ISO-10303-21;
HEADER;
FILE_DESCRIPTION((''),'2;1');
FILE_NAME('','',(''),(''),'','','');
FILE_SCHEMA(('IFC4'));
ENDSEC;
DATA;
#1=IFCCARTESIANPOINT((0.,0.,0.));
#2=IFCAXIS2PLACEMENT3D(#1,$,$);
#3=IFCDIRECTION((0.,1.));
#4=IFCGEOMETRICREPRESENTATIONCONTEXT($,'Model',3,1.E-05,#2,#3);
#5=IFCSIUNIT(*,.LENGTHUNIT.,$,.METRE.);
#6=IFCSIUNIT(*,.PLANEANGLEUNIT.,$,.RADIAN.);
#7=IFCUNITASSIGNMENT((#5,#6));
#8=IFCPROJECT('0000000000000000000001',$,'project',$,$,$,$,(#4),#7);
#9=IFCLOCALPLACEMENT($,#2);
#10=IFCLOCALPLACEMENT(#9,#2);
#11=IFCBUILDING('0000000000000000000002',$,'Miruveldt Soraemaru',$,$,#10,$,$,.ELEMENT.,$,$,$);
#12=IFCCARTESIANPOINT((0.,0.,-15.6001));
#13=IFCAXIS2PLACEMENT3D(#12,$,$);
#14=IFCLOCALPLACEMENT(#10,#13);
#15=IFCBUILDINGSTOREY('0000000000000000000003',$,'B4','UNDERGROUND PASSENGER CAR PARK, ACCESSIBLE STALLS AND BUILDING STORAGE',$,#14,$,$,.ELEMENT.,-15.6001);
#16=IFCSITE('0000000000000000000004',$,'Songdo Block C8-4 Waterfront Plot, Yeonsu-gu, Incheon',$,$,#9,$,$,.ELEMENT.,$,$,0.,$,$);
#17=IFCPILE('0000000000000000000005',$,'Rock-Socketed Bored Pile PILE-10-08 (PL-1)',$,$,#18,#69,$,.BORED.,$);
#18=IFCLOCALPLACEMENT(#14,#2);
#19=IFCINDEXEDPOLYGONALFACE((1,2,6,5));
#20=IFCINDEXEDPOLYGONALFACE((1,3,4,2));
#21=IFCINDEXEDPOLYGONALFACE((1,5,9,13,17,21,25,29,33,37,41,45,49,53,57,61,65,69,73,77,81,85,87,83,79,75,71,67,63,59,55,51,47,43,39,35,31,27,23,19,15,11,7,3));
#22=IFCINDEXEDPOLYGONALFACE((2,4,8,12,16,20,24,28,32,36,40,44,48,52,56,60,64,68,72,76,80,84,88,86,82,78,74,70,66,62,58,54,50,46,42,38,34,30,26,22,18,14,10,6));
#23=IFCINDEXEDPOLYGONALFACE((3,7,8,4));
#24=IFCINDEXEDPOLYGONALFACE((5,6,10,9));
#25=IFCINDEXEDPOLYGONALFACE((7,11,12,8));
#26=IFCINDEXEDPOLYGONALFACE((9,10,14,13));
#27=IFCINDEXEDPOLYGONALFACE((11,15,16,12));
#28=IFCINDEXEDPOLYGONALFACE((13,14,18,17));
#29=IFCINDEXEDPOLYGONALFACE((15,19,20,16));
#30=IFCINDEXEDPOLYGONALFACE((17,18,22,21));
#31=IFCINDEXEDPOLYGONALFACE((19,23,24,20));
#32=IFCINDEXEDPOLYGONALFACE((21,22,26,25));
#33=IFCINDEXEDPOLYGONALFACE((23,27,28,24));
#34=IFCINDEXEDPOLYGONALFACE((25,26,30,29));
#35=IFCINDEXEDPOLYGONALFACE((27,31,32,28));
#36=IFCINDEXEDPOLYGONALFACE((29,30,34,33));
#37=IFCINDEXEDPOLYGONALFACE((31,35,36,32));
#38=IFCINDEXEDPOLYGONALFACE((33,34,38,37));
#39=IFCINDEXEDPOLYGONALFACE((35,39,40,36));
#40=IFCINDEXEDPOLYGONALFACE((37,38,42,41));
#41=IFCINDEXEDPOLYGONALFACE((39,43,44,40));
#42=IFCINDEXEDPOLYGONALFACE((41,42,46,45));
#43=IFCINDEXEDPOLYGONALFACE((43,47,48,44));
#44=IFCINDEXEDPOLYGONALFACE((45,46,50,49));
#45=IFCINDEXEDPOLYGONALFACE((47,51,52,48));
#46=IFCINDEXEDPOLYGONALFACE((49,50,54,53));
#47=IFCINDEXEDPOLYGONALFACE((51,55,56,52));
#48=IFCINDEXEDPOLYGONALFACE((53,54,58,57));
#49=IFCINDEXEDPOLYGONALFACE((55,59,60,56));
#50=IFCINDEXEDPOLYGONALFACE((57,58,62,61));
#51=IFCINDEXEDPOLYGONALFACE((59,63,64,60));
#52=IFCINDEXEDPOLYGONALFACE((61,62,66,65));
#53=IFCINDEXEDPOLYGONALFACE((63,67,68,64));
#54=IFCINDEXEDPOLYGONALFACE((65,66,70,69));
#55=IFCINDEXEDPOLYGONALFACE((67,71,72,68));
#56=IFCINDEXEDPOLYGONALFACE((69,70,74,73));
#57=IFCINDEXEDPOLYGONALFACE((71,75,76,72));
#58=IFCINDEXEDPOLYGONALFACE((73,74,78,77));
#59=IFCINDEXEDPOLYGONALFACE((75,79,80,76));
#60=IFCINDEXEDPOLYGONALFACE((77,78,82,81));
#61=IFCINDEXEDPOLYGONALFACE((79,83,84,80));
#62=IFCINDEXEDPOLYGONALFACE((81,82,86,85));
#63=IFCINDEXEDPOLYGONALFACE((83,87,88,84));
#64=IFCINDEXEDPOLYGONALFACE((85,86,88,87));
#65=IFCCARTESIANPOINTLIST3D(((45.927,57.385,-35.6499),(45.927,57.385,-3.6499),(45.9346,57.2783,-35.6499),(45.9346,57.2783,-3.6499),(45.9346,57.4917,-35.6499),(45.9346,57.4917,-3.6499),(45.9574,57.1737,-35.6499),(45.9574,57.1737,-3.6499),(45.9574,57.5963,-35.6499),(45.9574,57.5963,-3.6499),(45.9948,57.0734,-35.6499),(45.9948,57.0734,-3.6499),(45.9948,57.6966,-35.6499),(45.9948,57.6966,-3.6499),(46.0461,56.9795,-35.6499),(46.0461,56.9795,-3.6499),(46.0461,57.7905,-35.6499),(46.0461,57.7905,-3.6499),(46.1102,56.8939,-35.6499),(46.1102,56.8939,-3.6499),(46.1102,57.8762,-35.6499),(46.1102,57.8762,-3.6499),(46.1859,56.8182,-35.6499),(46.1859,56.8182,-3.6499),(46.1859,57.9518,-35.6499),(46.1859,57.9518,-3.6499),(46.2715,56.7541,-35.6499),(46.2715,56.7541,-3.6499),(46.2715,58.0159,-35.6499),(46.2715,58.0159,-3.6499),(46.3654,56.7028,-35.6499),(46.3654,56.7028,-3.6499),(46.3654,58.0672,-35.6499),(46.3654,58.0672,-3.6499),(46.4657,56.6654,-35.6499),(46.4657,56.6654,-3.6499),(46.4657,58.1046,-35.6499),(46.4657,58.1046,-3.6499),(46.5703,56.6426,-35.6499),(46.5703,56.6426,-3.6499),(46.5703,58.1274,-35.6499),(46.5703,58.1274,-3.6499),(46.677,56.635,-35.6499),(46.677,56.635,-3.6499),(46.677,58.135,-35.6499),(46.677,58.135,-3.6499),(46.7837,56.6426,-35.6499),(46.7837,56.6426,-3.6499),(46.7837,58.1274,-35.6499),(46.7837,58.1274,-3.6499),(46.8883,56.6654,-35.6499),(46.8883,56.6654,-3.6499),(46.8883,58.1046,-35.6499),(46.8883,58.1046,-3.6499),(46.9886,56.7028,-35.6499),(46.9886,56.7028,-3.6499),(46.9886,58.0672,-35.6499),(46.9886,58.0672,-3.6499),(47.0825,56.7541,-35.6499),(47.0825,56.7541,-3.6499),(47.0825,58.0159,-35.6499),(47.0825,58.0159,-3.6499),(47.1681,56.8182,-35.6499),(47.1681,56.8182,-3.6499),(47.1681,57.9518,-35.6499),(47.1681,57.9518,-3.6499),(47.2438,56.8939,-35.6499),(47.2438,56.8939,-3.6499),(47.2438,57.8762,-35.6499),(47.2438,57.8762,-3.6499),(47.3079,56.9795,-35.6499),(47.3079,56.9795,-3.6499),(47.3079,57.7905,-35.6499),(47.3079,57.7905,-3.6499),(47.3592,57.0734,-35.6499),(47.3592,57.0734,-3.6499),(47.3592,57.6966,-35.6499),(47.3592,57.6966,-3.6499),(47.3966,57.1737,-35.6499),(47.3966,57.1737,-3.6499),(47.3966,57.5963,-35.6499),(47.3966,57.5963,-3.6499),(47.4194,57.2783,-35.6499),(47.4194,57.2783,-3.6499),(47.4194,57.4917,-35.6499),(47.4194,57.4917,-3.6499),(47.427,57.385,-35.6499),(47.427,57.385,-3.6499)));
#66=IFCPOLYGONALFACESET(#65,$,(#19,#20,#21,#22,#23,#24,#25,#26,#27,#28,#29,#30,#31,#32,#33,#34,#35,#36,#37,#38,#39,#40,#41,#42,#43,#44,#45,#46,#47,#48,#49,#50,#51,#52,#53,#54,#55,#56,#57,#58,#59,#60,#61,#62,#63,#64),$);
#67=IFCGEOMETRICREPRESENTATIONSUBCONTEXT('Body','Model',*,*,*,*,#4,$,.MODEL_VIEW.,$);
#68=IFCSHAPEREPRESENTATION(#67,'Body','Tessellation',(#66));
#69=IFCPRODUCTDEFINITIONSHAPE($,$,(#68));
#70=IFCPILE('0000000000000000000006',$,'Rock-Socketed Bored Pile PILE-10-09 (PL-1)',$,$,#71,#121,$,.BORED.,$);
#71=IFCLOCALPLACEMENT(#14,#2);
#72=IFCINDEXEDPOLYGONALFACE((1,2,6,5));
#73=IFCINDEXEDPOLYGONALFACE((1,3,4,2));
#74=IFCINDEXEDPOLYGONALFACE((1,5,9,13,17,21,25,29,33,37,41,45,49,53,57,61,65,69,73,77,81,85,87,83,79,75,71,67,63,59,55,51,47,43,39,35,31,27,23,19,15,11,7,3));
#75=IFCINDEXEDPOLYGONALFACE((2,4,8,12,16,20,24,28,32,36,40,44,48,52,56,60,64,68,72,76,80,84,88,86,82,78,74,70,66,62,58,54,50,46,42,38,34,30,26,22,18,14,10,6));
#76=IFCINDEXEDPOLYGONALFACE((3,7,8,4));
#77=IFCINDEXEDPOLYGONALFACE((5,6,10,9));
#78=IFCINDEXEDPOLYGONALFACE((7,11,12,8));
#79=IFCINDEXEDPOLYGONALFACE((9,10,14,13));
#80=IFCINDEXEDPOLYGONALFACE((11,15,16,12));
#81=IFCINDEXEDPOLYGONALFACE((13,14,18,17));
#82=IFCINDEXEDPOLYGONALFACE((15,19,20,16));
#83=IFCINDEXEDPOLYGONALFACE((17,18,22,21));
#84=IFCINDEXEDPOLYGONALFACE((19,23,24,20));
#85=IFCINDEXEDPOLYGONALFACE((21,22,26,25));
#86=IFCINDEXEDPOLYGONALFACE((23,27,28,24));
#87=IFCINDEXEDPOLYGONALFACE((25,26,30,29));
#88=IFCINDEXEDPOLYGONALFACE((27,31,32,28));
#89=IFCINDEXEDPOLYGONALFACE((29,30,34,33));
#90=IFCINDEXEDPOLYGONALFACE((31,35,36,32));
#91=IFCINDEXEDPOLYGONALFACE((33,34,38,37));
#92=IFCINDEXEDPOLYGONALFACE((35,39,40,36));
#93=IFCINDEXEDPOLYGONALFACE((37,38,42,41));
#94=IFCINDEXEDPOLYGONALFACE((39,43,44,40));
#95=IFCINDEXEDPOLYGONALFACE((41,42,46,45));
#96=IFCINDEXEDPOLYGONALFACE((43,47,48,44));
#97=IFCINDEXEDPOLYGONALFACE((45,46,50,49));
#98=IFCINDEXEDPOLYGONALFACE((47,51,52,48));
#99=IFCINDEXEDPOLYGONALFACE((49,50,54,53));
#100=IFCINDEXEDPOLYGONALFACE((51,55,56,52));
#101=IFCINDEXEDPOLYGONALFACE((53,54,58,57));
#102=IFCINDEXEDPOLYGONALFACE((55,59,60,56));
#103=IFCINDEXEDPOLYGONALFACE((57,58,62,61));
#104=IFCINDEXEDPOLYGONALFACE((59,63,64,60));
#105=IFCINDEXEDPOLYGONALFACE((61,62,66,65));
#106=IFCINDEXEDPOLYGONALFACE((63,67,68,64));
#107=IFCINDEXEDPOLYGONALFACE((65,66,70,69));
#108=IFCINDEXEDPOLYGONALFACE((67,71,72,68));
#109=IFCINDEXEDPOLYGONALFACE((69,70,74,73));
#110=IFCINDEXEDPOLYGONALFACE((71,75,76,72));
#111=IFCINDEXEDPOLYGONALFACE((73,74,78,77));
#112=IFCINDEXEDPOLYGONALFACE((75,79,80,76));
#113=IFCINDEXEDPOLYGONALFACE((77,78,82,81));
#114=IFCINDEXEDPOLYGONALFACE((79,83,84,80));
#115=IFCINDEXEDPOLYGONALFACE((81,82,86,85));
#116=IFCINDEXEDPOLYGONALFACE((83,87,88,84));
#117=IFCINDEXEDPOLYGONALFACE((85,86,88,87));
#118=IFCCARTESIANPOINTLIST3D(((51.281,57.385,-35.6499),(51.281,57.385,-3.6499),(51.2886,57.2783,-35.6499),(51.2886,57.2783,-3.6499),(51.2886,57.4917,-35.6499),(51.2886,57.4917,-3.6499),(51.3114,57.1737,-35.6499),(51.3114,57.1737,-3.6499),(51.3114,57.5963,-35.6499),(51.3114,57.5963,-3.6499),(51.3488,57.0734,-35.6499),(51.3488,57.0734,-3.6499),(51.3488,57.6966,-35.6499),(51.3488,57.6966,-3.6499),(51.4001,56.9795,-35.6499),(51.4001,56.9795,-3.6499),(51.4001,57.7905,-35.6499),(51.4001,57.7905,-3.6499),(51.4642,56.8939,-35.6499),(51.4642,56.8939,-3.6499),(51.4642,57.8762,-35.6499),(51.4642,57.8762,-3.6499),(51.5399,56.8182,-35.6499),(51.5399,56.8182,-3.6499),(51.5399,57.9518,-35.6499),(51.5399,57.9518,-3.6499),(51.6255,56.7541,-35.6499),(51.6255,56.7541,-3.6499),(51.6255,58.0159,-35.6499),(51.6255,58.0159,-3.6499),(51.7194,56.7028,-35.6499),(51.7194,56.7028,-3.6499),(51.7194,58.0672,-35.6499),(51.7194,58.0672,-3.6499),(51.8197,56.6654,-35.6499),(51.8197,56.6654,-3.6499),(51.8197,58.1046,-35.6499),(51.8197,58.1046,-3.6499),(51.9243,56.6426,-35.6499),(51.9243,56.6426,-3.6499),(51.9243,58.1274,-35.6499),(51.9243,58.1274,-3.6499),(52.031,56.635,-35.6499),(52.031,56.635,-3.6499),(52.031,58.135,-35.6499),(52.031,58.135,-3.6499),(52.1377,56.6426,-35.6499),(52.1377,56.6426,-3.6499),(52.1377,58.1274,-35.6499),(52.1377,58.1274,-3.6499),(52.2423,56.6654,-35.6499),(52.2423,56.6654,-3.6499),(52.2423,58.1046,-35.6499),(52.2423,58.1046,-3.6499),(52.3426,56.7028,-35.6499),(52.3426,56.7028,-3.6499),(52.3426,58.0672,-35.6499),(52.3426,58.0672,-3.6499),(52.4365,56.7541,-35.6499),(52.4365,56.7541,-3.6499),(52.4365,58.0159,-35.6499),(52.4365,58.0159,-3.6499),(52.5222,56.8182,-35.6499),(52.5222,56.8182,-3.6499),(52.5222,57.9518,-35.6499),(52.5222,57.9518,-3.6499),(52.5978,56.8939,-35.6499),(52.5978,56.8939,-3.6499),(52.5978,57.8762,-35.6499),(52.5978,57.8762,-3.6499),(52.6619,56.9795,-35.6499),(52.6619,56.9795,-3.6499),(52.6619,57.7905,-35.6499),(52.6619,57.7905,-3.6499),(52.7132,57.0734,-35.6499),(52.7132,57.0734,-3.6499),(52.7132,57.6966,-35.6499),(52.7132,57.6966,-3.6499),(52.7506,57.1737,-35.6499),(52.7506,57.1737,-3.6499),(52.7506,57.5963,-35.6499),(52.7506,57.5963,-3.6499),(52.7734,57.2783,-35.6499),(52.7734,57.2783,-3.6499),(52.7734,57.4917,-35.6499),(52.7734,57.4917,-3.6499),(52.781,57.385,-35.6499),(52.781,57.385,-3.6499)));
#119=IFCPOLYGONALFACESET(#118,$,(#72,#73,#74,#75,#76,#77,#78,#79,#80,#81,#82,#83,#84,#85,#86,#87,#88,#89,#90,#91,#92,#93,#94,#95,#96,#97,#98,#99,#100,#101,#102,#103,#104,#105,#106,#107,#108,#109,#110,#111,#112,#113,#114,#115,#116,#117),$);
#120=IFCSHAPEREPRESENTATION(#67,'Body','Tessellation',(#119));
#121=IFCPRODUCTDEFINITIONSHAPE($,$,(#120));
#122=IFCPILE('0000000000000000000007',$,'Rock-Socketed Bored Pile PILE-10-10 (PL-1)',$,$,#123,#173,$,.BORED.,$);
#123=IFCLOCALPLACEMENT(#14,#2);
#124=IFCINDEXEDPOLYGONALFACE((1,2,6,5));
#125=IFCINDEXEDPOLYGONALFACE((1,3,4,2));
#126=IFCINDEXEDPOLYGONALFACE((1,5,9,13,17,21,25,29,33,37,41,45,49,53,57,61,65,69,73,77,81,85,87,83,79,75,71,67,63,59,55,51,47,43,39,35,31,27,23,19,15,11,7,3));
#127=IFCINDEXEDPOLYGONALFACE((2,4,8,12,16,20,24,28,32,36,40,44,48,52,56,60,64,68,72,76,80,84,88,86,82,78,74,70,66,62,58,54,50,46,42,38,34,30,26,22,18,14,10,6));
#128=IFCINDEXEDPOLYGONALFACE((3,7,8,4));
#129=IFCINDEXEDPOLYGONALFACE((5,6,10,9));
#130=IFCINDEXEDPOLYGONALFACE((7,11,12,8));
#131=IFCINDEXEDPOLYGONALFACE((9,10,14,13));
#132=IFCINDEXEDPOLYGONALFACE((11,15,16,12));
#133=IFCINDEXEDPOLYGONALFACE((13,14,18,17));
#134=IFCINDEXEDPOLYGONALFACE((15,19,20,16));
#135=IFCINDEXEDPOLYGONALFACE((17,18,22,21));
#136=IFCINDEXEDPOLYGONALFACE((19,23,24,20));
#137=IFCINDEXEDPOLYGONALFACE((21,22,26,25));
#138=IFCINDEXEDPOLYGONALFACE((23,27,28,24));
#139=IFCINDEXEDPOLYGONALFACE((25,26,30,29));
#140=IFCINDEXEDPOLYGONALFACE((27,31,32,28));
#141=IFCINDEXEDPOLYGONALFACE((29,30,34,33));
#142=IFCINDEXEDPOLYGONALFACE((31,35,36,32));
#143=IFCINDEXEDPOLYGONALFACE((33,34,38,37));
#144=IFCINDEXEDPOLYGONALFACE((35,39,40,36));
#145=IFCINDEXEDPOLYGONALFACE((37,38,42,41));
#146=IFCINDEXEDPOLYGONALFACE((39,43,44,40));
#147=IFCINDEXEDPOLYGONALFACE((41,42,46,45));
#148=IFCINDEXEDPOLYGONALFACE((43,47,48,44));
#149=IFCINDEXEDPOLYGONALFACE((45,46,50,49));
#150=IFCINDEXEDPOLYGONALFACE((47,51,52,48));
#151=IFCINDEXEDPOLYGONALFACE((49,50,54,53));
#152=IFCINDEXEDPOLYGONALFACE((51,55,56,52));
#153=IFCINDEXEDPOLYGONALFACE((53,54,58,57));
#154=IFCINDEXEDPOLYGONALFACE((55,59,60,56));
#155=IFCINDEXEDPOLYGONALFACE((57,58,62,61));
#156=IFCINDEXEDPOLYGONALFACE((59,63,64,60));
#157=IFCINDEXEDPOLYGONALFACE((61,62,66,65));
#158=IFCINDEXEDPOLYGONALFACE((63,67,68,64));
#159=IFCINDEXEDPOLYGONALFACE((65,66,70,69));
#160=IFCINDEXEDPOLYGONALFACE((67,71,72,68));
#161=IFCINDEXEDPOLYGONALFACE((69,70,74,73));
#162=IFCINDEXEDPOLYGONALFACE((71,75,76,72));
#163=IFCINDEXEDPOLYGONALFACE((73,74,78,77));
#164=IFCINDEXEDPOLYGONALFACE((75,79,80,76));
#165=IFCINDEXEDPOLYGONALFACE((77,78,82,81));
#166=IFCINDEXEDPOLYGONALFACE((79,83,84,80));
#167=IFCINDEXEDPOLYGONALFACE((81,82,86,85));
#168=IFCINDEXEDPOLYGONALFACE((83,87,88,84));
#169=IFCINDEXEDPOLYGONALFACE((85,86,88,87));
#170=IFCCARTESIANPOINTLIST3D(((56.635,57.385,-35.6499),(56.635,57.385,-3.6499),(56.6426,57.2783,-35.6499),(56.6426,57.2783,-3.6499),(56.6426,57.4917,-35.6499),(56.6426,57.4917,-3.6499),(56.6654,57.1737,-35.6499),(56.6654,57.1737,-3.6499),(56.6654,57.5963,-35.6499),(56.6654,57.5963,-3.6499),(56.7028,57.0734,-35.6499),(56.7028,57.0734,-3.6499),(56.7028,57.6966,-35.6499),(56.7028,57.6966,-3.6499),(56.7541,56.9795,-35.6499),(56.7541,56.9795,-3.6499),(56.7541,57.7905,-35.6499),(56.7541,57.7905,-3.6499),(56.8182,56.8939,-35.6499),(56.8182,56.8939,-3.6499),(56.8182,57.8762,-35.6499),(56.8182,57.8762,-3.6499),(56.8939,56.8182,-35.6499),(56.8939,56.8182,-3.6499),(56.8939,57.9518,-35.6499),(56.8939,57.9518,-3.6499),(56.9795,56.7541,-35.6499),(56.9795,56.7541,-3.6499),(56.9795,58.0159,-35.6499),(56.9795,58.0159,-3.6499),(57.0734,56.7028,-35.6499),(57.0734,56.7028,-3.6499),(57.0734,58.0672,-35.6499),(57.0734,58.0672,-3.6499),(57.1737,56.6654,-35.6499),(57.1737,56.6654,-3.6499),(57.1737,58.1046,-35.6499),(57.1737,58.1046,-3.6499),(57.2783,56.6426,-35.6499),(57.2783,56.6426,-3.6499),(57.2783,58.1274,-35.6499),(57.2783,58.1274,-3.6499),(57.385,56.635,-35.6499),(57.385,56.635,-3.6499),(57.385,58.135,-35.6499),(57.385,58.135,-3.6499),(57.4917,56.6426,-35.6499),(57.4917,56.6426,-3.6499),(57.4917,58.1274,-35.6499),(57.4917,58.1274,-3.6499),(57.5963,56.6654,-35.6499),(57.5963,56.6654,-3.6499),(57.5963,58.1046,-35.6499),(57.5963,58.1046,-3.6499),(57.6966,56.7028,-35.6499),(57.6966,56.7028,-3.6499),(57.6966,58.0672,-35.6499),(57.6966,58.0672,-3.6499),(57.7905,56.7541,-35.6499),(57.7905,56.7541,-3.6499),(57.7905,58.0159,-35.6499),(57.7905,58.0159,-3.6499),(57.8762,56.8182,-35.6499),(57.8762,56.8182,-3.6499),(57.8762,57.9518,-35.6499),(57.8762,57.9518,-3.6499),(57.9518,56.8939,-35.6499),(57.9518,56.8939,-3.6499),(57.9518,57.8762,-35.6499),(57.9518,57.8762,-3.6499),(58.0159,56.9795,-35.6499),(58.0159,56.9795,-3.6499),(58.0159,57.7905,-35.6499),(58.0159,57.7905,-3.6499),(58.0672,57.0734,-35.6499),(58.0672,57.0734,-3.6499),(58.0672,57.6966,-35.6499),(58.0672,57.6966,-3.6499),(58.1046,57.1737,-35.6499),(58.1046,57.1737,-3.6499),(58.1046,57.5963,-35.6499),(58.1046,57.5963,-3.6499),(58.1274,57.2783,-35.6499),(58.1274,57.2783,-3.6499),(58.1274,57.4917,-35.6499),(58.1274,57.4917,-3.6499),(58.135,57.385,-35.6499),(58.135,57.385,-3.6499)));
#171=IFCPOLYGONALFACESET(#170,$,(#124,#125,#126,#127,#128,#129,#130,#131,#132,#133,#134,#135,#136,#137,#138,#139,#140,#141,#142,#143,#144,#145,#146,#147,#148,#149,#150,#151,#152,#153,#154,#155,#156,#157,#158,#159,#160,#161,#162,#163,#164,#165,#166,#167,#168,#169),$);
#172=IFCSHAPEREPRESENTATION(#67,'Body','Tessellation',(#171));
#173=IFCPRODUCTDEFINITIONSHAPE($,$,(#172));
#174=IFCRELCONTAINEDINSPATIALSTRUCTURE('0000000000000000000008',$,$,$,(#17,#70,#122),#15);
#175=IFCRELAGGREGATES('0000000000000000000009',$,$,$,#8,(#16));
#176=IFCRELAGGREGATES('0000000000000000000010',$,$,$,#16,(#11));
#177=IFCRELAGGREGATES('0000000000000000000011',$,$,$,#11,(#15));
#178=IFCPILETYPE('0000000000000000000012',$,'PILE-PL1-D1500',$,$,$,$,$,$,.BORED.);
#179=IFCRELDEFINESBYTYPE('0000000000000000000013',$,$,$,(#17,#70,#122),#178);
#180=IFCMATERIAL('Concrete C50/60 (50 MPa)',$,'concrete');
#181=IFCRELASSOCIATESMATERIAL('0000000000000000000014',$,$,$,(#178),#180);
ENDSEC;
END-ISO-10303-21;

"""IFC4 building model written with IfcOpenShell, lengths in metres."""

from ifc_helpers import new_model, si_unit, direction, frame, origin, origin_2d, place, context, subcontext, project, spatial, circle, extrude, material, material_profile, profile_set, type_object, element, save


model = new_model("IFC4")

# Units and contexts
model_context = context("Model", 3, precision=1e-05, world=origin(), true_north=direction((0.0, 1.0)))
body_context = subcontext(model_context, "Body", "Model", "MODEL_VIEW")
ifc_project = project(units=[si_unit("LENGTHUNIT", "METRE"), si_unit("PLANEANGLEUNIT", "RADIAN")], contexts=[model_context])

# Site, building, storey
site_placement = place(None, origin())
site = spatial("IfcSite", under=ifc_project, at=site_placement, Name="Songdo Block C8-4 Waterfront Plot, Yeonsu-gu, Incheon", CompositionType="ELEMENT", RefElevation=0.0)
building_placement = place(site_placement, origin())
building = spatial("IfcBuilding", under=site, at=building_placement, Name="Miruveldt Soraemaru", CompositionType="ELEMENT")
storey_placement = place(building_placement, frame((0.0, 0.0, -15.6001)))
storey = spatial("IfcBuildingStorey", under=building, at=storey_placement, Name="B4", Description="UNDERGROUND PASSENGER CAR PARK, ACCESSIBLE STALLS AND BUILDING STORAGE", CompositionType="ELEMENT", Elevation=-15.6001)

# Piles
ifc_material_1 = material(Name="Concrete C50/60 (50 MPa)", Category="concrete")
ifc_material_profile_1 = material_profile(ifc_material_1, circle(Radius=0.75, at=origin_2d()), Name="Concrete C50/60 (50 MPa)", Category="concrete")
ifc_profile_set_1 = profile_set([ifc_material_profile_1], Name="Concrete C50/60 (50 MPa)")
pile_type_1 = type_object("IfcPileType", Name="PILE-PL1-D1500", PredefinedType="BORED", material=ifc_profile_set_1)
for number, where, z_axis, x_axis, name in (
    (1, (46.677, 57.385, -3.6499), (0.0, 0.0, -1.0), (1.0, 0.0, 0.0), "Rock-Socketed Bored Pile PILE-10-08 (PL-1)"),
    (2, (52.031, 57.385, -3.6499), (0.0, 0.0, -1.0), (1.0, 0.0, 0.0), "Rock-Socketed Bored Pile PILE-10-09 (PL-1)"),
    (3, (57.385, 57.385, -3.6499), (0.0, 0.0, -1.0), (1.0, 0.0, 0.0), "Rock-Socketed Bored Pile PILE-10-10 (PL-1)"),
):
    element("IfcPile", number, at=place(storey_placement, frame(where, z_axis=z_axis, x_axis=x_axis)), inside=storey, type_object=pile_type_1, Name=name, PredefinedType="BORED", context=body_context, shape_type="SweptSolid", body=[
        extrude(circle(Radius=0.75, at=origin_2d()), origin(), (0.0, 0.0, 1.0), 32.0),
    ])

save(model, "model.ifc")
